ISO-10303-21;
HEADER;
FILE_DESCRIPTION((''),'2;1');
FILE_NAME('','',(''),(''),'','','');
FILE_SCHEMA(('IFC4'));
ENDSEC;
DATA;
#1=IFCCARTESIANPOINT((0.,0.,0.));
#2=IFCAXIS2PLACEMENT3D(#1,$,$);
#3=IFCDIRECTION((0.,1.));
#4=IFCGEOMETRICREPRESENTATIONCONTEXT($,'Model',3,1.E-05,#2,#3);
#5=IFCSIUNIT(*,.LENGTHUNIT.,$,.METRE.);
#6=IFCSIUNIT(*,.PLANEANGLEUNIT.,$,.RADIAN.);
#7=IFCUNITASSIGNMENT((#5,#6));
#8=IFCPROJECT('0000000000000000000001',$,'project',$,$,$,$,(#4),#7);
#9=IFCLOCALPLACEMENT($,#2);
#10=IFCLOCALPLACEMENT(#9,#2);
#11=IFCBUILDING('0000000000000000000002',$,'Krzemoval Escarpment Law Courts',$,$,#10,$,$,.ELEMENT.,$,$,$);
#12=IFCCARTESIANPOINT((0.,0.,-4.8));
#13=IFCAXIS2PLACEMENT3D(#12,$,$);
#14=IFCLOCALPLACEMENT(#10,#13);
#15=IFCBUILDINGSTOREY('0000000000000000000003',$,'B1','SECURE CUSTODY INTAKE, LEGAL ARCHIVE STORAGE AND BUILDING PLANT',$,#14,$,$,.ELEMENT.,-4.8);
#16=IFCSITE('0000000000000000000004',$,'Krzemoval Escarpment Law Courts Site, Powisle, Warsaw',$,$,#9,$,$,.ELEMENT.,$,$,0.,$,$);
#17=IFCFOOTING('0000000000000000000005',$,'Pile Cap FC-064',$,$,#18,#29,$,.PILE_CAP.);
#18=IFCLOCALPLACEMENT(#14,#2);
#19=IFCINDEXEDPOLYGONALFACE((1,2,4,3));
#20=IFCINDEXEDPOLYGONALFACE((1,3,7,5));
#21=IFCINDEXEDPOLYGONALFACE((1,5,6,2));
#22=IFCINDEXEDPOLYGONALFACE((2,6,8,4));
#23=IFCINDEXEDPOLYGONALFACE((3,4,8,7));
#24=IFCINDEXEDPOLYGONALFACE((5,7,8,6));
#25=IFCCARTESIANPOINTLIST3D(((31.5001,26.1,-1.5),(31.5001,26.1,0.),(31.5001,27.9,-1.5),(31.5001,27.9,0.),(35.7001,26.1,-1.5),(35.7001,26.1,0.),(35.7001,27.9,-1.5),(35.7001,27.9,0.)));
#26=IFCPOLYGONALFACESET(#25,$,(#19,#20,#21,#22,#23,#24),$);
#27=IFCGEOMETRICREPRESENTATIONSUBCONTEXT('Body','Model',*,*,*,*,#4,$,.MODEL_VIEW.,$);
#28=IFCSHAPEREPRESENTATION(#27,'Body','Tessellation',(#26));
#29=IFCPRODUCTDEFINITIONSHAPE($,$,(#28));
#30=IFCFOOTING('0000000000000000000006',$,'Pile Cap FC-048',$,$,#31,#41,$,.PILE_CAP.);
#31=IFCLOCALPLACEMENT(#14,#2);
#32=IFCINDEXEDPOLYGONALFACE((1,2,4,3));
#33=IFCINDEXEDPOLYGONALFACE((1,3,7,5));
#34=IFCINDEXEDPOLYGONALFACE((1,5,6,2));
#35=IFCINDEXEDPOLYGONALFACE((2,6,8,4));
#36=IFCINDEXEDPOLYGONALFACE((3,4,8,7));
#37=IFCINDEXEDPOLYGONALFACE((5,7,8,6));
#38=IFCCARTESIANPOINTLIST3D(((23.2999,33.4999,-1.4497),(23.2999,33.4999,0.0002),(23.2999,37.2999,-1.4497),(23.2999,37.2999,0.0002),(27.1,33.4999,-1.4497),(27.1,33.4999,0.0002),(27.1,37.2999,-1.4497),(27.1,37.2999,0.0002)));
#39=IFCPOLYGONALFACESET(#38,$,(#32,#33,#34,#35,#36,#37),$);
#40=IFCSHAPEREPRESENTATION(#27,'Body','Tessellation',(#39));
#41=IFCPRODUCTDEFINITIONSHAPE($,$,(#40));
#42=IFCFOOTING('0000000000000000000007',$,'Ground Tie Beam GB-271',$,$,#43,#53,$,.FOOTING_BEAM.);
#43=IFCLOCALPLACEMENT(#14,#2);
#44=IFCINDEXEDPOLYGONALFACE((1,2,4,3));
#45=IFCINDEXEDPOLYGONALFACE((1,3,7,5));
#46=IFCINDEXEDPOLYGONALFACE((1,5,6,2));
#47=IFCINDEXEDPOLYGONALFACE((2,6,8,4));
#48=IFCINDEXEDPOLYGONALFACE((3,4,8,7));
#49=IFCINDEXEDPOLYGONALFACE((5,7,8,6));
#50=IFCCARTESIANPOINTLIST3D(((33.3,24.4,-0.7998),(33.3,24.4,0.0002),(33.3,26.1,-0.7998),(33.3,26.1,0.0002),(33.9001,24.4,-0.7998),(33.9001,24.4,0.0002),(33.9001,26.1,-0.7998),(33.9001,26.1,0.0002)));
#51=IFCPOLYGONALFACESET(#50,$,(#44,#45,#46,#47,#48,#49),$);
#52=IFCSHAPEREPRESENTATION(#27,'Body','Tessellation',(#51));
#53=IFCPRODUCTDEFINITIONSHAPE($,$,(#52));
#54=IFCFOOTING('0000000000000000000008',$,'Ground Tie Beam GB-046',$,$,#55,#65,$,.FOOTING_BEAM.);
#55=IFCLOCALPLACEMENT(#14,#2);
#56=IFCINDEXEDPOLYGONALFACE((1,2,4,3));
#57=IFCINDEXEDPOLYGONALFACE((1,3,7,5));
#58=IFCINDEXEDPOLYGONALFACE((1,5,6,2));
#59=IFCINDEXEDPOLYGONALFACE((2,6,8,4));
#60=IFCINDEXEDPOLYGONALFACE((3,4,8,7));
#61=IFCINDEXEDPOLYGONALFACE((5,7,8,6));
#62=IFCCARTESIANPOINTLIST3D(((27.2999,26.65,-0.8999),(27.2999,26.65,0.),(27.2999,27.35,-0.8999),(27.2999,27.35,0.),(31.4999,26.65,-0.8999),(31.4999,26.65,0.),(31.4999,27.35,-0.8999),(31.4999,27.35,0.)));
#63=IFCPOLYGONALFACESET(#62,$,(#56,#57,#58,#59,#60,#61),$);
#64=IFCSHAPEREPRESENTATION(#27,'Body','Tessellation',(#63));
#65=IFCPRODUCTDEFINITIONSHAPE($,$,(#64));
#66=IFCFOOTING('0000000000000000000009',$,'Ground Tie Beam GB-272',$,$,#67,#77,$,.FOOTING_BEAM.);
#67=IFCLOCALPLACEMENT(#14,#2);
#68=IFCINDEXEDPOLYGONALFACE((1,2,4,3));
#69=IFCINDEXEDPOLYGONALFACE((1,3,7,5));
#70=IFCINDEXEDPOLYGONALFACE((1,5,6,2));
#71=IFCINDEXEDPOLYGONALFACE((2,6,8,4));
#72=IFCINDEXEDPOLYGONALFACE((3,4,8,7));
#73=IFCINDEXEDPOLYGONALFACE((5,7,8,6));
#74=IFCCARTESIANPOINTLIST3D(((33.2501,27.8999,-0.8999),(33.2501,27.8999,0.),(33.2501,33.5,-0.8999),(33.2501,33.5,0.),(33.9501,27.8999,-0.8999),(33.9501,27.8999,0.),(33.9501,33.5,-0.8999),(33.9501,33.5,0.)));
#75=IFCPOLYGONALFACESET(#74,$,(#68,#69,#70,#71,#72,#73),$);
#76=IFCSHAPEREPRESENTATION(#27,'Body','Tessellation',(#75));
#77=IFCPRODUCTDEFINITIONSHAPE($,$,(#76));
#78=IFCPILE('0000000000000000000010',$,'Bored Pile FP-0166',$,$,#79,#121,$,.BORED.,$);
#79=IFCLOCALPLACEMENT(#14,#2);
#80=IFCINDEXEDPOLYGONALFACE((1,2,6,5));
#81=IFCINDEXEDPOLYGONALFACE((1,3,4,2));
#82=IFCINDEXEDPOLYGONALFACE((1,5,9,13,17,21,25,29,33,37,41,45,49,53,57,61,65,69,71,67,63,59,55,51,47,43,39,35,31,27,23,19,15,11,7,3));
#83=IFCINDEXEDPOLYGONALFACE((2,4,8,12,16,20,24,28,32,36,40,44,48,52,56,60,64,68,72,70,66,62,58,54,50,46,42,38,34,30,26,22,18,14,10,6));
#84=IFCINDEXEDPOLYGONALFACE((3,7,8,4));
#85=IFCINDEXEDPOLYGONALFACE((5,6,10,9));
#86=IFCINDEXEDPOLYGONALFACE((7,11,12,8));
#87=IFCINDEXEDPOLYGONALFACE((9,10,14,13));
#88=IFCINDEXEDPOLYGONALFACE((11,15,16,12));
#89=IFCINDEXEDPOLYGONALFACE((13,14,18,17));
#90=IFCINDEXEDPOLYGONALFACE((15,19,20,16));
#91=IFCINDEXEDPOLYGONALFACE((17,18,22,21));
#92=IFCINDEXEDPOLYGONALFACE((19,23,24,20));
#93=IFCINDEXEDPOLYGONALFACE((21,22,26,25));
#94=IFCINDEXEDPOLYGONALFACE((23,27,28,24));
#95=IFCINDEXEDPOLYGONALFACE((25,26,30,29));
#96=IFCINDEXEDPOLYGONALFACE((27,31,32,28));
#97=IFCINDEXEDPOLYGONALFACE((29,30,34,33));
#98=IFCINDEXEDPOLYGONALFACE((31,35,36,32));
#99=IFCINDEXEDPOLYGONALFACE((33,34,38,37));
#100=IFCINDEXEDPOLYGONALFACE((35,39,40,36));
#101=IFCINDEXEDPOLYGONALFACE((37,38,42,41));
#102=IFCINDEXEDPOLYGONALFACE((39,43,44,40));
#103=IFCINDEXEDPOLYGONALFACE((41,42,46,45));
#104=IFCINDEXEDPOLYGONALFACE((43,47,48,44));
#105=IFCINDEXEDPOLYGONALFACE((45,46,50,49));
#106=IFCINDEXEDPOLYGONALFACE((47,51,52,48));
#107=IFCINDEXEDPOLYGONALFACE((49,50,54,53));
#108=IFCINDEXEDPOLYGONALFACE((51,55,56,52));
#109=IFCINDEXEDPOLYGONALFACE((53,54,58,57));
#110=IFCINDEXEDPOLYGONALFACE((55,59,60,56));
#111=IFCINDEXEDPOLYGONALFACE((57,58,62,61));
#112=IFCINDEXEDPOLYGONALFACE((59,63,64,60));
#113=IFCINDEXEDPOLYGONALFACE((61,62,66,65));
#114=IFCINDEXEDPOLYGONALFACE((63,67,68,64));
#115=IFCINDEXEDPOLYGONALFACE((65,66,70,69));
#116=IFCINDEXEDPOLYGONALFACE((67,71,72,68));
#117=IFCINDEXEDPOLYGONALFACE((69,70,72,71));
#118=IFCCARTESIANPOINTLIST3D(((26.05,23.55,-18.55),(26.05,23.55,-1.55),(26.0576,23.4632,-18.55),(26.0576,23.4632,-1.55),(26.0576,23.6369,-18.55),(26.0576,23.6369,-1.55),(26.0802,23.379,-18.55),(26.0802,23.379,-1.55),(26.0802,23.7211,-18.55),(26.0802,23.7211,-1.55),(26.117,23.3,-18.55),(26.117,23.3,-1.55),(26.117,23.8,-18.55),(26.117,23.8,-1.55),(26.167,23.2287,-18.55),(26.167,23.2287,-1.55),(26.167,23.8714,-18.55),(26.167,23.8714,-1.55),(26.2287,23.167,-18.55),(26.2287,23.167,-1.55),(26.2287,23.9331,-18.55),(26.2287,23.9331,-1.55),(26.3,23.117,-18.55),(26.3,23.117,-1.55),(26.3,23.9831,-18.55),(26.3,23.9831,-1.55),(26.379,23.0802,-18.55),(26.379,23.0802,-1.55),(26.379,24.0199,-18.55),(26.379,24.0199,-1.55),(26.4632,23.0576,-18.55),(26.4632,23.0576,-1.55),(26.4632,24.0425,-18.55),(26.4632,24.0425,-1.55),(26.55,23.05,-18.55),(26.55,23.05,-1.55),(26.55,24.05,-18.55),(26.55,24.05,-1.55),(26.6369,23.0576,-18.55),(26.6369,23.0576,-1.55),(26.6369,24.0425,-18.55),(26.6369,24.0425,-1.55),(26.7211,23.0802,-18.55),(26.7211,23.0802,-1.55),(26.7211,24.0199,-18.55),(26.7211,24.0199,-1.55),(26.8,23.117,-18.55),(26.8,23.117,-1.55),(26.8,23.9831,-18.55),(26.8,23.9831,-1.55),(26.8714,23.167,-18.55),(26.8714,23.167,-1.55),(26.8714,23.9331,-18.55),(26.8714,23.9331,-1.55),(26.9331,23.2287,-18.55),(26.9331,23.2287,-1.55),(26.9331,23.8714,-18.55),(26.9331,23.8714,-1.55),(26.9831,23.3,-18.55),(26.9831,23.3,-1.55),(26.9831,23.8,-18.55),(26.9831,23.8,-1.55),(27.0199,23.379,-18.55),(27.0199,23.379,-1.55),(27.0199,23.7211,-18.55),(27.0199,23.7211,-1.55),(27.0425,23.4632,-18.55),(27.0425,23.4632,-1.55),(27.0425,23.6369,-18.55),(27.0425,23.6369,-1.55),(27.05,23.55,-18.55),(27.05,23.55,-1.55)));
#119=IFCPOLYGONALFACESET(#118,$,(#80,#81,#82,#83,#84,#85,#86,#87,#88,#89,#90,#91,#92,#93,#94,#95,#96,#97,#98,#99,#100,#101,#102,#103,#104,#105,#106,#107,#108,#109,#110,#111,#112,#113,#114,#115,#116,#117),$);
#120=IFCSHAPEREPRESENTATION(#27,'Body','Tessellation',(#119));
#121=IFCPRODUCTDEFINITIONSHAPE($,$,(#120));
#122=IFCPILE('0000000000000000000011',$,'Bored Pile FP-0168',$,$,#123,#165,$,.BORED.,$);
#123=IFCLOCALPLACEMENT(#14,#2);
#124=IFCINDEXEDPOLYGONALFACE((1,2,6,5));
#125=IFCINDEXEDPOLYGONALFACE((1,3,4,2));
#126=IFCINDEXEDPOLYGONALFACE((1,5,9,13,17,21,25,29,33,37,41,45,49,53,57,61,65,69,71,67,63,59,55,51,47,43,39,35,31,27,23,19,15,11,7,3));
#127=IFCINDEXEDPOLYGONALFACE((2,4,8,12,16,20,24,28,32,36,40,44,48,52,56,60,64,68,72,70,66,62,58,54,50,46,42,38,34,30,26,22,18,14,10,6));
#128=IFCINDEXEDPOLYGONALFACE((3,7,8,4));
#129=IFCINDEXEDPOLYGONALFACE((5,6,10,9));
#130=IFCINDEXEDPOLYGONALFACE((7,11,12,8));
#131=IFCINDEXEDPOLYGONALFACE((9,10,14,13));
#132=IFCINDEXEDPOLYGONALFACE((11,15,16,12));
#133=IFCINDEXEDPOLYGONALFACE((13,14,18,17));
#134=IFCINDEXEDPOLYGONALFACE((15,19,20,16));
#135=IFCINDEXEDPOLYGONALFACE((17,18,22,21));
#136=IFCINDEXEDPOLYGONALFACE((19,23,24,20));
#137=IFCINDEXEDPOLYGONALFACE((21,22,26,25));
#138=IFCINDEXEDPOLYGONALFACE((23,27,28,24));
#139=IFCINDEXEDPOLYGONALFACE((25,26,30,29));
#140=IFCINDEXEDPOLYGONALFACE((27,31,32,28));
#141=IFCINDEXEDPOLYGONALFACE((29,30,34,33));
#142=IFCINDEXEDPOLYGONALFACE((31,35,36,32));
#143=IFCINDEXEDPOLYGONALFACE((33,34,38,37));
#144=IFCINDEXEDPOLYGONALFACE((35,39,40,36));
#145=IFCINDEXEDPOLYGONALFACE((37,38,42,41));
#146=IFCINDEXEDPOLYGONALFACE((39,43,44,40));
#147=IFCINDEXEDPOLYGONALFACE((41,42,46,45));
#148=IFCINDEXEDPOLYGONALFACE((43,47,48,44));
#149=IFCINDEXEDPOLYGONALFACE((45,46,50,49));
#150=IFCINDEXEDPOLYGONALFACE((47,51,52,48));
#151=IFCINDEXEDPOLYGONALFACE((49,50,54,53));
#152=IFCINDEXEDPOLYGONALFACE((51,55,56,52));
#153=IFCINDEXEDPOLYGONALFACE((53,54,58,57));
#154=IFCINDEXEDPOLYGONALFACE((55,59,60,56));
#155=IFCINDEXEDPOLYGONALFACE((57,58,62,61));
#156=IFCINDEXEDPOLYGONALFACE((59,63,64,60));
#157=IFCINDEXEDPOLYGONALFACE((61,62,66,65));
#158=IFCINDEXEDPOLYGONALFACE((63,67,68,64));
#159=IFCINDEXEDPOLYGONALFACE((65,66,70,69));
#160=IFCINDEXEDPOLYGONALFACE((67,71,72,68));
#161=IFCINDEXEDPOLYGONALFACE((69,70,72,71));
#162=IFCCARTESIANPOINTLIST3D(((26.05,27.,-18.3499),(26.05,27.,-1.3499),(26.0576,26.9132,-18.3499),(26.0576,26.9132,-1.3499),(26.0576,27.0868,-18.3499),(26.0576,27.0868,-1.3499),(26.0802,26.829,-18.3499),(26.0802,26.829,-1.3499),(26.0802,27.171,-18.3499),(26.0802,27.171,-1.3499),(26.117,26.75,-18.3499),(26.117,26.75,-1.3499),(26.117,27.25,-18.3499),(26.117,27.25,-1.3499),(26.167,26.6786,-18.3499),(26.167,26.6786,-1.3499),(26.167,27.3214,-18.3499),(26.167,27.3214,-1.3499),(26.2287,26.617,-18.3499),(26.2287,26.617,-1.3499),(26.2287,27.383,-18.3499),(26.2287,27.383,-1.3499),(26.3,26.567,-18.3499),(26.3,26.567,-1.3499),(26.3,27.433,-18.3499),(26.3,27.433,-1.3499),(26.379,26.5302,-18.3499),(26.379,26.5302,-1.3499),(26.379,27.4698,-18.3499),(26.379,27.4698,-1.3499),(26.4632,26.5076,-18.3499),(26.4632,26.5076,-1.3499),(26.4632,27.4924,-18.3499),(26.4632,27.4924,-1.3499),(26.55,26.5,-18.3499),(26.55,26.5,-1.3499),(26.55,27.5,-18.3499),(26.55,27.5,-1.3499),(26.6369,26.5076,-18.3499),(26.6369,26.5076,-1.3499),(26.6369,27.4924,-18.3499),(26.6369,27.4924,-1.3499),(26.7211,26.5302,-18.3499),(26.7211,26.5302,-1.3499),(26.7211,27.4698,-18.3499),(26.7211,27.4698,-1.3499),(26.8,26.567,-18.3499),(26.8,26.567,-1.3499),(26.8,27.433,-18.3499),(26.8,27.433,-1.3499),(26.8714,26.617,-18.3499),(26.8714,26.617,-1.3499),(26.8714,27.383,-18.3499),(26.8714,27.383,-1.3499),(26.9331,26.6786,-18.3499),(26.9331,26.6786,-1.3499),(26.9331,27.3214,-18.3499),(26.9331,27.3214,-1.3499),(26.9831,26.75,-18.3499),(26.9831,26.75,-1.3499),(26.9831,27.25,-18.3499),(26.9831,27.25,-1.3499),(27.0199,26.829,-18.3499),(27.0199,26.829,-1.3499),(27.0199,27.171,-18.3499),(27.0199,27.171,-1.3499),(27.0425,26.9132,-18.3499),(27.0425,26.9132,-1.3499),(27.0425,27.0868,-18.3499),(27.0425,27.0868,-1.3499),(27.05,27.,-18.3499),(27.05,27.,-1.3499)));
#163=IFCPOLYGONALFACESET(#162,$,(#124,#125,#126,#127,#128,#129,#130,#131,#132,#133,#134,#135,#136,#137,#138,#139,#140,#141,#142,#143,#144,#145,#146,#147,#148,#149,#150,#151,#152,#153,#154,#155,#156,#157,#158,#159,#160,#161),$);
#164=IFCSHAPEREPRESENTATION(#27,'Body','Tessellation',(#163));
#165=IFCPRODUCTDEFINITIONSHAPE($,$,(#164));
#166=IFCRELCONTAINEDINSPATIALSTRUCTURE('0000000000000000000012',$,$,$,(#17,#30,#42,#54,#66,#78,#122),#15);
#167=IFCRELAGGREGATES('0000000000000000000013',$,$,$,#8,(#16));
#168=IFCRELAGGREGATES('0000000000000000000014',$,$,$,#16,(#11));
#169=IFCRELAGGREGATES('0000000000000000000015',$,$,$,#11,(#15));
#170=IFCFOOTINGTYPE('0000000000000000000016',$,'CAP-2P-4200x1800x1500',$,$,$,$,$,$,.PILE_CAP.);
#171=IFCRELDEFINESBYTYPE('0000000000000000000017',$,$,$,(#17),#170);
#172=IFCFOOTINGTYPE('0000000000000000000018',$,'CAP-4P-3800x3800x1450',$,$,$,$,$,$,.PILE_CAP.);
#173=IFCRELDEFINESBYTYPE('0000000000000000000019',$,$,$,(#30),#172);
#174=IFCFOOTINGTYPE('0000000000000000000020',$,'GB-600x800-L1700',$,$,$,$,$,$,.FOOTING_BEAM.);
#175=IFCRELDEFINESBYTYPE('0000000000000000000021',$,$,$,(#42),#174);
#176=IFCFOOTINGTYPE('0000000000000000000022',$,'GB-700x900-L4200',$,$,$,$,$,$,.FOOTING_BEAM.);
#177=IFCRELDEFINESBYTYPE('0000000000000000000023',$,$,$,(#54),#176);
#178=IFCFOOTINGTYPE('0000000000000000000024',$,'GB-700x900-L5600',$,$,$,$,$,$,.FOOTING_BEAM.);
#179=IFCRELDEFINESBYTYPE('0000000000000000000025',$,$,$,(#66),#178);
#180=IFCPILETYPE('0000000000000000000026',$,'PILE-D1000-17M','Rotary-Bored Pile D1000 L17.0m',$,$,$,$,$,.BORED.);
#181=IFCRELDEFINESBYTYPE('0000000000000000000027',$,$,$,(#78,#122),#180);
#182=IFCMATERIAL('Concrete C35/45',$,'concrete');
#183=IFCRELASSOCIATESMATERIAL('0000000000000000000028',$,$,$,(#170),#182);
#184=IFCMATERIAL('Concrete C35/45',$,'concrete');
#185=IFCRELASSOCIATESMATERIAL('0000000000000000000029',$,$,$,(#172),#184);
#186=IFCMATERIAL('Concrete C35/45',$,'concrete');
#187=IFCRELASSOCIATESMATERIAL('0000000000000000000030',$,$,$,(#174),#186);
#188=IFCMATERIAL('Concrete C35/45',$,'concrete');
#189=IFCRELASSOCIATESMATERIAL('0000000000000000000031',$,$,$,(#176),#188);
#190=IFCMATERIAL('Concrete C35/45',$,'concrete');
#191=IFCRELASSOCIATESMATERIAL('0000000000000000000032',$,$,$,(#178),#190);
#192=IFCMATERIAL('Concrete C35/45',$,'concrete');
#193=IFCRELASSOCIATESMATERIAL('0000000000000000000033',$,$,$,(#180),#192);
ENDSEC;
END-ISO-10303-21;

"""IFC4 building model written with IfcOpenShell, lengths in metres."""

from ifc_helpers import new_model, si_unit, direction, frame, origin, origin_2d, place, context, subcontext, project, spatial, rectangle, circle, extrude, material, material_profile, profile_set, type_object, element, save


model = new_model("IFC4")

# Units and contexts
model_context = context("Model", 3, precision=1e-05, world=origin(), true_north=direction((0.0, 1.0)))
body_context = subcontext(model_context, "Body", "Model", "MODEL_VIEW")
ifc_project = project(units=[si_unit("LENGTHUNIT", "METRE"), si_unit("PLANEANGLEUNIT", "RADIAN")], contexts=[model_context])

# Site, building, storey
site_placement = place(None, origin())
site = spatial("IfcSite", under=ifc_project, at=site_placement, Name="Krzemoval Escarpment Law Courts Site, Powisle, Warsaw", CompositionType="ELEMENT", RefElevation=0.0)
building_placement = place(site_placement, origin())
building = spatial("IfcBuilding", under=site, at=building_placement, Name="Krzemoval Escarpment Law Courts", CompositionType="ELEMENT")
storey_placement = place(building_placement, frame((0.0, 0.0, -4.8)))
storey = spatial("IfcBuildingStorey", under=building, at=storey_placement, Name="B1", Description="SECURE CUSTODY INTAKE, LEGAL ARCHIVE STORAGE AND BUILDING PLANT", CompositionType="ELEMENT", Elevation=-4.8)

# Footings
ifc_material_1 = material(Name="Concrete C35/45", Category="concrete")
footing_type_1 = type_object("IfcFootingType", Name="CAP-2P-4200x1800x1500", PredefinedType="PILE_CAP", material=ifc_material_1)
footing_1_placement = place(storey_placement, frame((33.6001, 27.0, -1.5), z_axis=(0.0, 0.0, 1.0), x_axis=(1.0, 0.0, 0.0)))
element("IfcFooting", 1, at=footing_1_placement, inside=storey, type_object=footing_type_1, Name="Pile Cap FC-064", PredefinedType="PILE_CAP", context=body_context, shape_type="SweptSolid", body=[
    extrude(rectangle(XDim=4.2, YDim=1.8, at=origin_2d()), origin(), (0.0, 0.0, 1.0), 1.5),
])
ifc_material_2 = material(Name="Concrete C35/45", Category="concrete")
footing_type_2 = type_object("IfcFootingType", Name="CAP-4P-3800x3800x1450", PredefinedType="PILE_CAP", material=ifc_material_2)
footing_2_placement = place(storey_placement, frame((25.2, 35.3999, -1.4497), z_axis=(0.0, 0.0, 1.0), x_axis=(1.0, 0.0, 0.0)))
element("IfcFooting", 2, at=footing_2_placement, inside=storey, type_object=footing_type_2, Name="Pile Cap FC-048", PredefinedType="PILE_CAP", context=body_context, shape_type="SweptSolid", body=[
    extrude(rectangle(XDim=3.8, YDim=3.8, at=origin_2d()), origin(), (0.0, 0.0, 1.0), 1.45),
])
ifc_material_3 = material(Name="Concrete C35/45", Category="concrete")
footing_type_3 = type_object("IfcFootingType", Name="GB-600x800-L1700", PredefinedType="FOOTING_BEAM", material=ifc_material_3)
footing_3_placement = place(storey_placement, frame((33.6001, 25.25, -0.7998), z_axis=(0.0, 0.0, 1.0), x_axis=(0.0, 1.0, 0.0)))
element("IfcFooting", 3, at=footing_3_placement, inside=storey, type_object=footing_type_3, Name="Ground Tie Beam GB-271", PredefinedType="FOOTING_BEAM", context=body_context, shape_type="SweptSolid", body=[
    extrude(rectangle(XDim=1.7, YDim=0.6001, at=origin_2d()), origin(), (0.0, 0.0, 1.0), 0.8),
])
ifc_material_4 = material(Name="Concrete C35/45", Category="concrete")
footing_type_4 = type_object("IfcFootingType", Name="GB-700x900-L4200", PredefinedType="FOOTING_BEAM", material=ifc_material_4)
footing_4_placement = place(storey_placement, frame((29.3999, 27.0, -0.8999), z_axis=(0.0, 0.0, 1.0), x_axis=(1.0, 0.0, 0.0)))
element("IfcFooting", 4, at=footing_4_placement, inside=storey, type_object=footing_type_4, Name="Ground Tie Beam GB-046", PredefinedType="FOOTING_BEAM", context=body_context, shape_type="SweptSolid", body=[
    extrude(rectangle(XDim=4.2, YDim=0.7, at=origin_2d()), origin(), (0.0, 0.0, 1.0), 0.8999),
])
ifc_material_5 = material(Name="Concrete C35/45", Category="concrete")
footing_type_5 = type_object("IfcFootingType", Name="GB-700x900-L5600", PredefinedType="FOOTING_BEAM", material=ifc_material_5)
footing_5_placement = place(storey_placement, frame((33.6001, 30.7, -0.8999), z_axis=(0.0, 0.0, 1.0), x_axis=(0.0, 1.0, 0.0)))
element("IfcFooting", 5, at=footing_5_placement, inside=storey, type_object=footing_type_5, Name="Ground Tie Beam GB-272", PredefinedType="FOOTING_BEAM", context=body_context, shape_type="SweptSolid", body=[
    extrude(rectangle(XDim=5.6001, YDim=0.7, at=origin_2d()), origin(), (0.0, 0.0, 1.0), 0.8999),
])

# Piles
ifc_material_6 = material(Name="Concrete C35/45", Category="concrete")
ifc_material_profile_1 = material_profile(ifc_material_6, circle(Radius=0.5, at=origin_2d()), Name="PILE D1000")
ifc_profile_set_1 = profile_set([ifc_material_profile_1], Name="Concrete C35/45")
pile_type_1 = type_object("IfcPileType", Name="PILE-D1000-17M", Description="Rotary-Bored Pile D1000 L17.0m", PredefinedType="BORED", material=ifc_profile_set_1)
for number, where, z_axis, x_axis, name in (
    (6, (26.55, 23.55, -1.55), (0.0, 0.0, -1.0), (1.0, 0.0, 0.0), "Bored Pile FP-0166"),
    (7, (26.55, 27.0, -1.3499), (0.0, 0.0, -1.0), (1.0, 0.0, 0.0), "Bored Pile FP-0168"),
):
    element("IfcPile", number, at=place(storey_placement, frame(where, z_axis=z_axis, x_axis=x_axis)), inside=storey, type_object=pile_type_1, Name=name, PredefinedType="BORED", context=body_context, shape_type="SweptSolid", body=[
        extrude(circle(Radius=0.5, at=origin_2d()), origin(), (0.0, 0.0, 1.0), 17.0),
    ])

save(model, "model.ifc")
